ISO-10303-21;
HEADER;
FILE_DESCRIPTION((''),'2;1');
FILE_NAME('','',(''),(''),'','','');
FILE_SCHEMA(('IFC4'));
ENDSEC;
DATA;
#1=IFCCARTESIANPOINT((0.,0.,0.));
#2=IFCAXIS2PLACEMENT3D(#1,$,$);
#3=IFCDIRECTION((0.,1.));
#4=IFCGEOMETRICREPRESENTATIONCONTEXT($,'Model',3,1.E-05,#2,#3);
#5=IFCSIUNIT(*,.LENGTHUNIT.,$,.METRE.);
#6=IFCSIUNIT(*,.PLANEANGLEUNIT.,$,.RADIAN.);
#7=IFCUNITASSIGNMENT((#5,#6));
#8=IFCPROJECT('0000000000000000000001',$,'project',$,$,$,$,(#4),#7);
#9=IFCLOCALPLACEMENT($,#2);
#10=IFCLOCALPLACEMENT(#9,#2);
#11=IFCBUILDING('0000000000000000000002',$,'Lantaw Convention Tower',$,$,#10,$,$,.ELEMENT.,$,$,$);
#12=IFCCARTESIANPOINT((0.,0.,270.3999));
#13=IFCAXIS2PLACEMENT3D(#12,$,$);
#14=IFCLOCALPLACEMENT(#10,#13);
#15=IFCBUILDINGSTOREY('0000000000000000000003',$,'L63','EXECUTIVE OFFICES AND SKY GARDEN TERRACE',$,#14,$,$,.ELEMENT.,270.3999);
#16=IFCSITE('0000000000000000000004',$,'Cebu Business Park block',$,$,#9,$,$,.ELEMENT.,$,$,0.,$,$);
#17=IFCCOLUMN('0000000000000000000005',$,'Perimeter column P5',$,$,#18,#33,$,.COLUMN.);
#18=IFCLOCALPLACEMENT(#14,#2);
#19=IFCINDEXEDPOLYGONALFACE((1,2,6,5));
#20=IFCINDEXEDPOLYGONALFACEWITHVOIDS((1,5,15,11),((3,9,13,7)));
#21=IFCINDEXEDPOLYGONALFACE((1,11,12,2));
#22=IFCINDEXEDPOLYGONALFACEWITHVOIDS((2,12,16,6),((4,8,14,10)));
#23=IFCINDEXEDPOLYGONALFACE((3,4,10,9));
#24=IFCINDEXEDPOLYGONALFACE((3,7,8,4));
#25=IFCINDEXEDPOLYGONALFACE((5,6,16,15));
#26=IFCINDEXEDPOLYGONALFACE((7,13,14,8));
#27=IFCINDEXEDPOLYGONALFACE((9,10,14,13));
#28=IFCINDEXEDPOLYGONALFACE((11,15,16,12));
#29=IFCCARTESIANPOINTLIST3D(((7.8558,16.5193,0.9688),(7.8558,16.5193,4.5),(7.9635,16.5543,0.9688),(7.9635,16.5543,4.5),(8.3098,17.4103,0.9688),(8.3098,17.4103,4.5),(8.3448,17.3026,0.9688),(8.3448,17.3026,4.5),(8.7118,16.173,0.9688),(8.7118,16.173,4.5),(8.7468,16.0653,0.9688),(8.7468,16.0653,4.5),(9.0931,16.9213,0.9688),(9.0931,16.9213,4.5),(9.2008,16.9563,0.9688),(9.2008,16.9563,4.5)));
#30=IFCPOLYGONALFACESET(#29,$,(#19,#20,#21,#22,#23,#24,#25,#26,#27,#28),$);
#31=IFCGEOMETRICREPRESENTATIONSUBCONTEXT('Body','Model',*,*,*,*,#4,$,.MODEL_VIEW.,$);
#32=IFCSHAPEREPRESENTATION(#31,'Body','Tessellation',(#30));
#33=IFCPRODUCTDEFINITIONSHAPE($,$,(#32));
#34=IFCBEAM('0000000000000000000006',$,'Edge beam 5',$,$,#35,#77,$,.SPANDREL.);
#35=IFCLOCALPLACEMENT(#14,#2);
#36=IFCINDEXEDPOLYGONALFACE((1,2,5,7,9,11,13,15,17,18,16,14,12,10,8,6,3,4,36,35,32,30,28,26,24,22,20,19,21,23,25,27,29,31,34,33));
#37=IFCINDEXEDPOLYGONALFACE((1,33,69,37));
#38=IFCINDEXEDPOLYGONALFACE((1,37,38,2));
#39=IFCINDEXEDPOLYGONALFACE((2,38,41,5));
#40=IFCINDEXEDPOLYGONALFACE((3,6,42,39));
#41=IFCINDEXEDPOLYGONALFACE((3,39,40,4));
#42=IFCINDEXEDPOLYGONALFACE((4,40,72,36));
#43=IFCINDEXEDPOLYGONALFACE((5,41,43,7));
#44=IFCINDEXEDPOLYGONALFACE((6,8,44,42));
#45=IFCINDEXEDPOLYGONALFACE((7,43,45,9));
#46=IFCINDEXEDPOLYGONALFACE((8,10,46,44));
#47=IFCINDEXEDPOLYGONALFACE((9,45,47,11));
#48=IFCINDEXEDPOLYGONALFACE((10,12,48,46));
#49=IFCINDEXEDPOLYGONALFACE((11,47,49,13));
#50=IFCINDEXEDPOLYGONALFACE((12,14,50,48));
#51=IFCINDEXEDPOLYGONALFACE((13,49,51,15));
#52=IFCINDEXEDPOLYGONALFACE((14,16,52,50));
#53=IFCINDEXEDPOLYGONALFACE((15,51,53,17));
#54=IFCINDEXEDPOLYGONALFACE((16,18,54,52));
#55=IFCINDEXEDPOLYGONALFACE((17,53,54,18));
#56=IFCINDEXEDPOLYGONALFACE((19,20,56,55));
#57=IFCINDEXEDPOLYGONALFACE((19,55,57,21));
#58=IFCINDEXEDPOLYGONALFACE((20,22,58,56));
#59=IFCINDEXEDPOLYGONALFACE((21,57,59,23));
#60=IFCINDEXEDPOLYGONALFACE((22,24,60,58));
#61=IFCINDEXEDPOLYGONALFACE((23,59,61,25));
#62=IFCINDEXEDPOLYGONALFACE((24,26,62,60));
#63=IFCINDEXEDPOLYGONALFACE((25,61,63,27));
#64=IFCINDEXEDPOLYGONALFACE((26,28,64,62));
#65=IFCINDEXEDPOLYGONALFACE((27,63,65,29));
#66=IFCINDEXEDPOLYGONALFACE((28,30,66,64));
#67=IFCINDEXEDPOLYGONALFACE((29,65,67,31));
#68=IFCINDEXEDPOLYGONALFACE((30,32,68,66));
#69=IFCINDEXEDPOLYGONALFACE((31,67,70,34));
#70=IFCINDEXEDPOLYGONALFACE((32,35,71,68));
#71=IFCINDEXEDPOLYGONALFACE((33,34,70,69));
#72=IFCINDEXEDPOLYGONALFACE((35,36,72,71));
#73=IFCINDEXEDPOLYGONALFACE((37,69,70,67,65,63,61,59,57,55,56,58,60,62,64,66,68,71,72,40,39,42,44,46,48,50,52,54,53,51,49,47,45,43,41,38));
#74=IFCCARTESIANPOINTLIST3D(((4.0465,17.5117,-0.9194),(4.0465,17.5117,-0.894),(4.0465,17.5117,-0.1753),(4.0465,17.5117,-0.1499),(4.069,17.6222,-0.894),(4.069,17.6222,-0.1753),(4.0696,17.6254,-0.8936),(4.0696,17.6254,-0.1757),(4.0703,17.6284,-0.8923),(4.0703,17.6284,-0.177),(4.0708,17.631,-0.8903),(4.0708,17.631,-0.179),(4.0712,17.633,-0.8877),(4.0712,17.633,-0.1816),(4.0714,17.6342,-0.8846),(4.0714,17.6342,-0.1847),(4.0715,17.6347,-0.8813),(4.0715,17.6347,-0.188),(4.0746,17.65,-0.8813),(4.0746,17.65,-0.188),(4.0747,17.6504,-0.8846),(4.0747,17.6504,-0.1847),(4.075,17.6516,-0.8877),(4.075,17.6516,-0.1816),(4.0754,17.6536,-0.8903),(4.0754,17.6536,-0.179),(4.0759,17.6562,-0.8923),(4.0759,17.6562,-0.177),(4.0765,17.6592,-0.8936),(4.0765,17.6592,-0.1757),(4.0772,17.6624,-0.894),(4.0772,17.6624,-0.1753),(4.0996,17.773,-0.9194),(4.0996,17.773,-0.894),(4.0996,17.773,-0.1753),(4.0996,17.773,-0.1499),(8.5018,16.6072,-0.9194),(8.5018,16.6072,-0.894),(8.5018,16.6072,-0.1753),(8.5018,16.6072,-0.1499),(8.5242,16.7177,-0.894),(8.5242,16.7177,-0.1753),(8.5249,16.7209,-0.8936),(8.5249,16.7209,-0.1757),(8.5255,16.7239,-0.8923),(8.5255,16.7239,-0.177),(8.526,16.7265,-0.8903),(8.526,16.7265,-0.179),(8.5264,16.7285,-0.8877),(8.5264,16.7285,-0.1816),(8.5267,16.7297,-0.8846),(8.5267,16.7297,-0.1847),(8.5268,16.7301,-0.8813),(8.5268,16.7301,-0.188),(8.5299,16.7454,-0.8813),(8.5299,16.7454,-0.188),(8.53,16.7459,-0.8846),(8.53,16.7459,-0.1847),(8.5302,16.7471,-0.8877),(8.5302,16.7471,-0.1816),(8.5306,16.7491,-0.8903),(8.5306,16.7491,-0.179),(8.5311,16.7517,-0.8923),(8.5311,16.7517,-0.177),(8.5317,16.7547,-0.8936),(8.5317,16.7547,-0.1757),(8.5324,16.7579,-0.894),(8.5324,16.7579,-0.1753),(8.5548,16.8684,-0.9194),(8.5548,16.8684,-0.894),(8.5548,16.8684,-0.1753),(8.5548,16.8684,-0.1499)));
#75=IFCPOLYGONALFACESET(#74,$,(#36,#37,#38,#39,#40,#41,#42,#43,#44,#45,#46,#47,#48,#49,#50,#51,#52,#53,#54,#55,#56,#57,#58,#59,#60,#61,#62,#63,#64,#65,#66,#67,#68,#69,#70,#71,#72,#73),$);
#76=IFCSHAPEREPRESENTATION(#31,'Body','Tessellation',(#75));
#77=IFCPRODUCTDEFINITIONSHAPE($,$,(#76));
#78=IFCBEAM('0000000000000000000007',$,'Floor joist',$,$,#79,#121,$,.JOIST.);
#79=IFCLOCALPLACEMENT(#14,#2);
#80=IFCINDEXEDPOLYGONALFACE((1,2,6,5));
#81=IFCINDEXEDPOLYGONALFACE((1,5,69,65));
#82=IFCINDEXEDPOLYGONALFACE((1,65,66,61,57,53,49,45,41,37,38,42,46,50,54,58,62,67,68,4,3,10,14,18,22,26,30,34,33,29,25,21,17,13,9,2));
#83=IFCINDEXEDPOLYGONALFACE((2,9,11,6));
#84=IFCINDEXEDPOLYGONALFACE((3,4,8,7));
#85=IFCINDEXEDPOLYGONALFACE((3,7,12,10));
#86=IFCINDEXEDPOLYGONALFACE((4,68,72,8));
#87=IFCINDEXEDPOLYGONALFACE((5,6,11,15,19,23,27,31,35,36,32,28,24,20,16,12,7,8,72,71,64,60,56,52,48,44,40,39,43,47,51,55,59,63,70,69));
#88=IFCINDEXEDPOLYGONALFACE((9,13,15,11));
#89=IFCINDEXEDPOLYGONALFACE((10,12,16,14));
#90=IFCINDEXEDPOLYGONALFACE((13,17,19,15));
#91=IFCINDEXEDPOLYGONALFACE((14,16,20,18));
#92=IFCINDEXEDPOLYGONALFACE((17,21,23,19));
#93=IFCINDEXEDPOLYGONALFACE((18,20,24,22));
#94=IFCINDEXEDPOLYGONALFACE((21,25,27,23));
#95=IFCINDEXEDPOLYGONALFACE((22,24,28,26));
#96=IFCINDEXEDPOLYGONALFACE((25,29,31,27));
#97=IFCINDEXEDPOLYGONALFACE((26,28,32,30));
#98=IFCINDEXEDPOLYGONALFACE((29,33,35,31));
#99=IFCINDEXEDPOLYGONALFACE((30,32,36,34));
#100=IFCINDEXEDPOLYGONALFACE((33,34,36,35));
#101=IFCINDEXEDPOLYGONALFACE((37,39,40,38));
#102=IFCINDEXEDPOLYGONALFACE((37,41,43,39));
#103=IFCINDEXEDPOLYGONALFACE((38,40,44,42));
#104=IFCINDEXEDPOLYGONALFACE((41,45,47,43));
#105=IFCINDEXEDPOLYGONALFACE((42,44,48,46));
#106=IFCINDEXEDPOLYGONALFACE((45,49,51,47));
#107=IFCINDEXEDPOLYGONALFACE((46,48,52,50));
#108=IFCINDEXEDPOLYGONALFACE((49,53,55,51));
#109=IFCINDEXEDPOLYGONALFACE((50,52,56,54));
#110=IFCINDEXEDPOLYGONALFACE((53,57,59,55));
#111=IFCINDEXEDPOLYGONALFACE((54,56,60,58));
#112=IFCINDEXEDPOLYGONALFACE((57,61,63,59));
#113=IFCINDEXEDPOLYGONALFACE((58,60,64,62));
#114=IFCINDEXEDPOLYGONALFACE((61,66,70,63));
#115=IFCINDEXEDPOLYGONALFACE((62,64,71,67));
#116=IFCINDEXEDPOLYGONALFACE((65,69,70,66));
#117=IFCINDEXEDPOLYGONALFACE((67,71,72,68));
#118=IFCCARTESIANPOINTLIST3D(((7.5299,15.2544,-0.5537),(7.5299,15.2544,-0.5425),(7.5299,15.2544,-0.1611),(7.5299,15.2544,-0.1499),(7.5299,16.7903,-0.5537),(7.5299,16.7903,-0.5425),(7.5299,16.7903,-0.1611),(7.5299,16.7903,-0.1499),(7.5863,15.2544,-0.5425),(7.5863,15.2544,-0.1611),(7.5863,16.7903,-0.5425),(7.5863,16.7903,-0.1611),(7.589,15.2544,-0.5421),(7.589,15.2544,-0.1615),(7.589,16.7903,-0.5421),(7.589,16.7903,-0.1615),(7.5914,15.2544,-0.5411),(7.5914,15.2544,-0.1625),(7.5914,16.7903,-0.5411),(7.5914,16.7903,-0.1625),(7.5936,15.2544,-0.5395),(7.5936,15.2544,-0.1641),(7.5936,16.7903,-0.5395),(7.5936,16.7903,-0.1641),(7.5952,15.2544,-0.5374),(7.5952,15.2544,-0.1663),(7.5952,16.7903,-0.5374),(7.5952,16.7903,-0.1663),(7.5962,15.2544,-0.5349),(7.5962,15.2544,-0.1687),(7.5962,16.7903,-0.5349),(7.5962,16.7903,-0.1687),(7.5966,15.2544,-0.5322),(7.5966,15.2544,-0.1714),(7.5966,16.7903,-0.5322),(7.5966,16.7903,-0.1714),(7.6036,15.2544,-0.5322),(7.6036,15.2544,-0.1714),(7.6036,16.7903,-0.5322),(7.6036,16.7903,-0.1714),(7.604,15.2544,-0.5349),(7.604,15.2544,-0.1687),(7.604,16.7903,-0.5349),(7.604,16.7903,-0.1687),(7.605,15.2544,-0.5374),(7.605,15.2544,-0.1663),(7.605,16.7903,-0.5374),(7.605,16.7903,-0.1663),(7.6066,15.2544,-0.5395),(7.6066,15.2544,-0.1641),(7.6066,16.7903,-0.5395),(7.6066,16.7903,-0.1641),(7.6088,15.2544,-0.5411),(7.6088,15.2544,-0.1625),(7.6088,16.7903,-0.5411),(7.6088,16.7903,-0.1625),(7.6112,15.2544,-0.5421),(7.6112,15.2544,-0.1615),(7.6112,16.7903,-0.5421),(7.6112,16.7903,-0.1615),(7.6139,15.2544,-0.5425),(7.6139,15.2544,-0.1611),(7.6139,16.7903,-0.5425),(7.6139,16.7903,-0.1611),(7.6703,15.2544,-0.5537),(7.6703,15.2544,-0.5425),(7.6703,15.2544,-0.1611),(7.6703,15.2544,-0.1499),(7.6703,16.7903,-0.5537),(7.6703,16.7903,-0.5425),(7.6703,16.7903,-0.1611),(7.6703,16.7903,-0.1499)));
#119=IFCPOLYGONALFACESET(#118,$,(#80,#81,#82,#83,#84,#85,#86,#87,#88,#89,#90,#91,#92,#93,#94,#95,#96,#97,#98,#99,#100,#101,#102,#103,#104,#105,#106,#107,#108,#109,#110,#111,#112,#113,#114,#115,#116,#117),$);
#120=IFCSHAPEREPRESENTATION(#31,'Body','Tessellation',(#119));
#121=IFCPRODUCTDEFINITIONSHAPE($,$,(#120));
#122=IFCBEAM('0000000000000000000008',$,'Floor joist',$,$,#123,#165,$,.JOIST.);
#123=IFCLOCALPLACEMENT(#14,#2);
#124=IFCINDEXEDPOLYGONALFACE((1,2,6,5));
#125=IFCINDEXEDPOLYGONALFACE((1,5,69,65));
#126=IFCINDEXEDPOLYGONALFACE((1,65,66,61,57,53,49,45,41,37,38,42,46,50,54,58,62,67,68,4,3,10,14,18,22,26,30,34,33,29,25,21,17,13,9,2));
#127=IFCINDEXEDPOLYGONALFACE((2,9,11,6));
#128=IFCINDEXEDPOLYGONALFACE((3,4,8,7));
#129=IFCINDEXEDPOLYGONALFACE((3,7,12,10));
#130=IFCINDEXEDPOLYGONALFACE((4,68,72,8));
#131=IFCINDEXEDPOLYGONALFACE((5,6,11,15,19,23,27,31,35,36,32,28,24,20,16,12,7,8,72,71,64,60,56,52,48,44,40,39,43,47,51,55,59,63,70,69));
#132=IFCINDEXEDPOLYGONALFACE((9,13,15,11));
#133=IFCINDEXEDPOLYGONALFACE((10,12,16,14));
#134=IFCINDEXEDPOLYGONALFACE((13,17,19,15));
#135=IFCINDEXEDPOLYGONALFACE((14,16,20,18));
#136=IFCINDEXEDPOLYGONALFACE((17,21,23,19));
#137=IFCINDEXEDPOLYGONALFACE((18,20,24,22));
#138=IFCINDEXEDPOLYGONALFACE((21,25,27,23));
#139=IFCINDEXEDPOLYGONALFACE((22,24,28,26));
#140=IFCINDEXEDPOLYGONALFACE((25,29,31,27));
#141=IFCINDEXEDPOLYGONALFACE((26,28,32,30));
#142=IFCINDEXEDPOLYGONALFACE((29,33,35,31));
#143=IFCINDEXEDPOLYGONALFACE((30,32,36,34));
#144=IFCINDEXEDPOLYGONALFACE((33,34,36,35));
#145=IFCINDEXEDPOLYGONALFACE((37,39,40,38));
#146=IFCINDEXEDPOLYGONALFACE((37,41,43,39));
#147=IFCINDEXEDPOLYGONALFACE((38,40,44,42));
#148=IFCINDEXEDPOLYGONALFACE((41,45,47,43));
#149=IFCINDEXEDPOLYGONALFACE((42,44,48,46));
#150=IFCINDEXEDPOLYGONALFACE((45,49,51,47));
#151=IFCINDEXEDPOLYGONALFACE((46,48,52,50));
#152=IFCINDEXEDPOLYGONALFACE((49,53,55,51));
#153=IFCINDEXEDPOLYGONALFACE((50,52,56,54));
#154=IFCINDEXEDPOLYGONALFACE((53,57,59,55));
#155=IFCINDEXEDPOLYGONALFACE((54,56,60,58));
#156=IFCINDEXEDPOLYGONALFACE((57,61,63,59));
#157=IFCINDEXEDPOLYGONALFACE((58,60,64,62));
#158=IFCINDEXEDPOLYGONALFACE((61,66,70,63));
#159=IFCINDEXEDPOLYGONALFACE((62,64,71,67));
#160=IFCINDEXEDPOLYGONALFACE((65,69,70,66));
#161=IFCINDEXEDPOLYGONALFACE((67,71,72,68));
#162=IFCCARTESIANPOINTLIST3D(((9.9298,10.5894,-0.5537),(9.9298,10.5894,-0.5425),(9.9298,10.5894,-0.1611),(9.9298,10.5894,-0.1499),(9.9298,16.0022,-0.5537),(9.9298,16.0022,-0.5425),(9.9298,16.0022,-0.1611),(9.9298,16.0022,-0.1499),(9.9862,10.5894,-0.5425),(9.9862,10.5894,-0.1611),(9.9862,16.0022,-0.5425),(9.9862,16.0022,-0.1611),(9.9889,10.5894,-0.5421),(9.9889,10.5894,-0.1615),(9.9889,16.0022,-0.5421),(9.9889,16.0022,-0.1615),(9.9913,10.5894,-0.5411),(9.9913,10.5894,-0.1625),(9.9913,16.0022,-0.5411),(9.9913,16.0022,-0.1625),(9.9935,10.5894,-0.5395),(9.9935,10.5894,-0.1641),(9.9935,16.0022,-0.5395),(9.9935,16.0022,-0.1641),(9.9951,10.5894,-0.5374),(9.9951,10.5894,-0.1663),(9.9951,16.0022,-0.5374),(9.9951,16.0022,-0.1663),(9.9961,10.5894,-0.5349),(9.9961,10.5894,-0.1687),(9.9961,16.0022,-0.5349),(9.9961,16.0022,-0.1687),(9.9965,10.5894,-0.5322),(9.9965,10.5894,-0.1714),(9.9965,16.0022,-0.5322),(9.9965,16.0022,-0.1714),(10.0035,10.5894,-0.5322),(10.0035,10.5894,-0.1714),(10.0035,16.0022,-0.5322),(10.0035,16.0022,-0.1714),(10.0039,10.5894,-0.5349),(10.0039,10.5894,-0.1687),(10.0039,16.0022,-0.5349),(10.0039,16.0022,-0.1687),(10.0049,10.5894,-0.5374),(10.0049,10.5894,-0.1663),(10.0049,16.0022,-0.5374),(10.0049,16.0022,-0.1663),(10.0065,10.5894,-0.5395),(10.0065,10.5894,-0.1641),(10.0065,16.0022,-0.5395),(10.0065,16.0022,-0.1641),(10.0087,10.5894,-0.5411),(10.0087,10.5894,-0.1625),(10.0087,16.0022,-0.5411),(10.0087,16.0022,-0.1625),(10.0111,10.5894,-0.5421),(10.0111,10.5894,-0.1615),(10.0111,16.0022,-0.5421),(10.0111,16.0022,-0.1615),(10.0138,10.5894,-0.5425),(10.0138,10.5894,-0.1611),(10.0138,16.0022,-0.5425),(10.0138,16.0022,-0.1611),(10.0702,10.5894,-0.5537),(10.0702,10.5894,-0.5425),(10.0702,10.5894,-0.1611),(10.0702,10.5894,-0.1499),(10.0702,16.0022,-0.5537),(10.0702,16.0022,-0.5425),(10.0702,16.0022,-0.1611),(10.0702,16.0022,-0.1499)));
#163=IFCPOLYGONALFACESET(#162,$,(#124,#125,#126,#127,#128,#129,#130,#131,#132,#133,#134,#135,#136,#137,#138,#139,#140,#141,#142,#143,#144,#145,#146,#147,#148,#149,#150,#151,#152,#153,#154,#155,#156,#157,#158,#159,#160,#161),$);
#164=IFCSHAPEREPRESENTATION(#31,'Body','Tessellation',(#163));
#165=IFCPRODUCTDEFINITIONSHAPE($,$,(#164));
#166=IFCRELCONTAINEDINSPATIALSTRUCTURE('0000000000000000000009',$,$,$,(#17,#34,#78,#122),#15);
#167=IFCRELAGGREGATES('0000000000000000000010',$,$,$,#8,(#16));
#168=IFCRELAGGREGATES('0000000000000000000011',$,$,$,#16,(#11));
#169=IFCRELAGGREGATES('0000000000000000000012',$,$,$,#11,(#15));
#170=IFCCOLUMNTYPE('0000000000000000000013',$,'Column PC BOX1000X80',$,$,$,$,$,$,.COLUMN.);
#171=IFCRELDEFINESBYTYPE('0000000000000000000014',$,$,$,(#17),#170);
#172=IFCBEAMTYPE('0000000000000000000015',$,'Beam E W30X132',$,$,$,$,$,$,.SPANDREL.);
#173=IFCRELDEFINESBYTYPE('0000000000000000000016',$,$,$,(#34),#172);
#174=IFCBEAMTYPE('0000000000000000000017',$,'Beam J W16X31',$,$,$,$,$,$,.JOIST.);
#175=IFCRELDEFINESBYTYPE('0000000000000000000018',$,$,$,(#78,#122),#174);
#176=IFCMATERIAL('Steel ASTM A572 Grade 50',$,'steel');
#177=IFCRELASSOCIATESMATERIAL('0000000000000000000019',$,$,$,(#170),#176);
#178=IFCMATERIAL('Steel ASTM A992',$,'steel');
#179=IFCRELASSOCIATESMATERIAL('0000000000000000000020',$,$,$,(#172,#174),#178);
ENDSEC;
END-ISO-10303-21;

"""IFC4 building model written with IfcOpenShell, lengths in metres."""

from ifc_helpers import new_model, si_unit, direction, frame, origin, origin_2d, place, context, subcontext, project, spatial, rectangle, hollow_rectangle, i_section, extrude, material, material_profile, profile_set, type_object, element, save


model = new_model("IFC4")

# Units and contexts
model_context = context("Model", 3, precision=1e-05, world=origin(), true_north=direction((0.0, 1.0)))
body_context = subcontext(model_context, "Body", "Model", "MODEL_VIEW")
ifc_project = project(units=[si_unit("LENGTHUNIT", "METRE"), si_unit("PLANEANGLEUNIT", "RADIAN")], contexts=[model_context])

# Site, building, storey
site_placement = place(None, origin())
site = spatial("IfcSite", under=ifc_project, at=site_placement, Name="Cebu Business Park block", CompositionType="ELEMENT", RefElevation=0.0)
building_placement = place(site_placement, origin())
building = spatial("IfcBuilding", under=site, at=building_placement, Name="Lantaw Convention Tower", CompositionType="ELEMENT")
storey_placement = place(building_placement, frame((0.0, 0.0, 270.3999)))
storey = spatial("IfcBuildingStorey", under=building, at=storey_placement, Name="L63", Description="EXECUTIVE OFFICES AND SKY GARDEN TERRACE", CompositionType="ELEMENT", Elevation=270.3999)

# Column
ifc_material_1 = material(Name="Steel ASTM A572 Grade 50", Category="steel")
ifc_material_profile_1 = material_profile(ifc_material_1, hollow_rectangle(XDim=1.0, YDim=1.0, WallThickness=0.0801, at=origin_2d()), Name="BOX1000X80")
ifc_material_2 = material(Name="Concrete C60/75", Category="concrete")
ifc_material_profile_2 = material_profile(ifc_material_2, rectangle(XDim=0.8401, YDim=0.8401, at=origin_2d()), Name="Concrete fill of BOX1000X80")
ifc_profile_set_1 = profile_set([ifc_material_profile_1, ifc_material_profile_2], Name="Steel ASTM A572 Grade 50")
column_type = type_object("IfcColumnType", Name="Column PC BOX1000X80", PredefinedType="COLUMN", material=ifc_profile_set_1)
column_placement = place(storey_placement, frame((8.5283, 16.7378, 0.9688), z_axis=(0.0, 0.0, 1.0), x_axis=(0.45399, 0.891007, 0.0)))
element("IfcColumn", 1, at=column_placement, inside=storey, type_object=column_type, Name="Perimeter column P5", PredefinedType="COLUMN", context=body_context, shape_type="SweptSolid", body=[
    extrude(hollow_rectangle(XDim=1.0, YDim=1.0, WallThickness=0.0801, at=origin_2d()), origin(), (0.0, 0.0, 1.0), 3.5312),
])

# Beams
ifc_material_3 = material(Name="Steel ASTM A992", Category="steel")
ifc_material_profile_3 = material_profile(ifc_material_3, i_section(OverallWidth=0.2666, OverallDepth=0.7695, WebThickness=0.0156, FlangeThickness=0.0254, FilletRadius=0.0127, at=origin_2d()), Name="W30X132")
ifc_profile_set_2 = profile_set([ifc_material_profile_3], Name="Steel ASTM A992")
beam_type_1 = type_object("IfcBeamType", Name="Beam E W30X132", PredefinedType="SPANDREL", material=ifc_profile_set_2)
beam_1_placement = place(storey_placement, frame((8.5283, 16.7378, -0.5347), z_axis=(-0.980006, 0.198966, 0.0), x_axis=(-0.198966, -0.980006, 0.0)))
element("IfcBeam", 2, at=beam_1_placement, inside=storey, type_object=beam_type_1, Name="Edge beam 5", PredefinedType="SPANDREL", context=body_context, shape_type="SweptSolid", body=[
    extrude(i_section(OverallWidth=0.2666, OverallDepth=0.7695, WebThickness=0.0156, FlangeThickness=0.0254, FilletRadius=0.0127, at=origin_2d()), origin(), (0.0, 0.0, 1.0), 4.5461),
])
ifc_material_profile_4 = material_profile(ifc_material_3, i_section(OverallWidth=0.1404, OverallDepth=0.4038, WebThickness=0.0071, FlangeThickness=0.0112, FilletRadius=0.0103, at=origin_2d()), Name="W16X31")
ifc_profile_set_3 = profile_set([ifc_material_profile_4], Name="Steel ASTM A992")
beam_type_2 = type_object("IfcBeamType", Name="Beam J W16X31", PredefinedType="JOIST", material=ifc_profile_set_3)
beam_2_placement = place(storey_placement, frame((7.6001, 15.2544, -0.3518), z_axis=(0.0, 1.0, 0.0), x_axis=(-1.0, 0.0, 0.0)))
element("IfcBeam", 3, at=beam_2_placement, inside=storey, type_object=beam_type_2, Name="Floor joist", PredefinedType="JOIST", context=body_context, shape_type="SweptSolid", body=[
    extrude(i_section(OverallWidth=0.1404, OverallDepth=0.4038, WebThickness=0.0071, FlangeThickness=0.0112, FilletRadius=0.0103, at=origin_2d()), origin(), (0.0, 0.0, 1.0), 1.5359),
])
beam_3_placement = place(storey_placement, frame((10.0, 10.5894, -0.3518), z_axis=(0.0, 1.0, 0.0), x_axis=(-1.0, 0.0, 0.0)))
element("IfcBeam", 4, at=beam_3_placement, inside=storey, type_object=beam_type_2, Name="Floor joist", PredefinedType="JOIST", context=body_context, shape_type="SweptSolid", body=[
    extrude(i_section(OverallWidth=0.1404, OverallDepth=0.4038, WebThickness=0.0071, FlangeThickness=0.0112, FilletRadius=0.0103, at=origin_2d()), origin(), (0.0, 0.0, 1.0), 5.4128),
])

save(model, "model.ifc")
